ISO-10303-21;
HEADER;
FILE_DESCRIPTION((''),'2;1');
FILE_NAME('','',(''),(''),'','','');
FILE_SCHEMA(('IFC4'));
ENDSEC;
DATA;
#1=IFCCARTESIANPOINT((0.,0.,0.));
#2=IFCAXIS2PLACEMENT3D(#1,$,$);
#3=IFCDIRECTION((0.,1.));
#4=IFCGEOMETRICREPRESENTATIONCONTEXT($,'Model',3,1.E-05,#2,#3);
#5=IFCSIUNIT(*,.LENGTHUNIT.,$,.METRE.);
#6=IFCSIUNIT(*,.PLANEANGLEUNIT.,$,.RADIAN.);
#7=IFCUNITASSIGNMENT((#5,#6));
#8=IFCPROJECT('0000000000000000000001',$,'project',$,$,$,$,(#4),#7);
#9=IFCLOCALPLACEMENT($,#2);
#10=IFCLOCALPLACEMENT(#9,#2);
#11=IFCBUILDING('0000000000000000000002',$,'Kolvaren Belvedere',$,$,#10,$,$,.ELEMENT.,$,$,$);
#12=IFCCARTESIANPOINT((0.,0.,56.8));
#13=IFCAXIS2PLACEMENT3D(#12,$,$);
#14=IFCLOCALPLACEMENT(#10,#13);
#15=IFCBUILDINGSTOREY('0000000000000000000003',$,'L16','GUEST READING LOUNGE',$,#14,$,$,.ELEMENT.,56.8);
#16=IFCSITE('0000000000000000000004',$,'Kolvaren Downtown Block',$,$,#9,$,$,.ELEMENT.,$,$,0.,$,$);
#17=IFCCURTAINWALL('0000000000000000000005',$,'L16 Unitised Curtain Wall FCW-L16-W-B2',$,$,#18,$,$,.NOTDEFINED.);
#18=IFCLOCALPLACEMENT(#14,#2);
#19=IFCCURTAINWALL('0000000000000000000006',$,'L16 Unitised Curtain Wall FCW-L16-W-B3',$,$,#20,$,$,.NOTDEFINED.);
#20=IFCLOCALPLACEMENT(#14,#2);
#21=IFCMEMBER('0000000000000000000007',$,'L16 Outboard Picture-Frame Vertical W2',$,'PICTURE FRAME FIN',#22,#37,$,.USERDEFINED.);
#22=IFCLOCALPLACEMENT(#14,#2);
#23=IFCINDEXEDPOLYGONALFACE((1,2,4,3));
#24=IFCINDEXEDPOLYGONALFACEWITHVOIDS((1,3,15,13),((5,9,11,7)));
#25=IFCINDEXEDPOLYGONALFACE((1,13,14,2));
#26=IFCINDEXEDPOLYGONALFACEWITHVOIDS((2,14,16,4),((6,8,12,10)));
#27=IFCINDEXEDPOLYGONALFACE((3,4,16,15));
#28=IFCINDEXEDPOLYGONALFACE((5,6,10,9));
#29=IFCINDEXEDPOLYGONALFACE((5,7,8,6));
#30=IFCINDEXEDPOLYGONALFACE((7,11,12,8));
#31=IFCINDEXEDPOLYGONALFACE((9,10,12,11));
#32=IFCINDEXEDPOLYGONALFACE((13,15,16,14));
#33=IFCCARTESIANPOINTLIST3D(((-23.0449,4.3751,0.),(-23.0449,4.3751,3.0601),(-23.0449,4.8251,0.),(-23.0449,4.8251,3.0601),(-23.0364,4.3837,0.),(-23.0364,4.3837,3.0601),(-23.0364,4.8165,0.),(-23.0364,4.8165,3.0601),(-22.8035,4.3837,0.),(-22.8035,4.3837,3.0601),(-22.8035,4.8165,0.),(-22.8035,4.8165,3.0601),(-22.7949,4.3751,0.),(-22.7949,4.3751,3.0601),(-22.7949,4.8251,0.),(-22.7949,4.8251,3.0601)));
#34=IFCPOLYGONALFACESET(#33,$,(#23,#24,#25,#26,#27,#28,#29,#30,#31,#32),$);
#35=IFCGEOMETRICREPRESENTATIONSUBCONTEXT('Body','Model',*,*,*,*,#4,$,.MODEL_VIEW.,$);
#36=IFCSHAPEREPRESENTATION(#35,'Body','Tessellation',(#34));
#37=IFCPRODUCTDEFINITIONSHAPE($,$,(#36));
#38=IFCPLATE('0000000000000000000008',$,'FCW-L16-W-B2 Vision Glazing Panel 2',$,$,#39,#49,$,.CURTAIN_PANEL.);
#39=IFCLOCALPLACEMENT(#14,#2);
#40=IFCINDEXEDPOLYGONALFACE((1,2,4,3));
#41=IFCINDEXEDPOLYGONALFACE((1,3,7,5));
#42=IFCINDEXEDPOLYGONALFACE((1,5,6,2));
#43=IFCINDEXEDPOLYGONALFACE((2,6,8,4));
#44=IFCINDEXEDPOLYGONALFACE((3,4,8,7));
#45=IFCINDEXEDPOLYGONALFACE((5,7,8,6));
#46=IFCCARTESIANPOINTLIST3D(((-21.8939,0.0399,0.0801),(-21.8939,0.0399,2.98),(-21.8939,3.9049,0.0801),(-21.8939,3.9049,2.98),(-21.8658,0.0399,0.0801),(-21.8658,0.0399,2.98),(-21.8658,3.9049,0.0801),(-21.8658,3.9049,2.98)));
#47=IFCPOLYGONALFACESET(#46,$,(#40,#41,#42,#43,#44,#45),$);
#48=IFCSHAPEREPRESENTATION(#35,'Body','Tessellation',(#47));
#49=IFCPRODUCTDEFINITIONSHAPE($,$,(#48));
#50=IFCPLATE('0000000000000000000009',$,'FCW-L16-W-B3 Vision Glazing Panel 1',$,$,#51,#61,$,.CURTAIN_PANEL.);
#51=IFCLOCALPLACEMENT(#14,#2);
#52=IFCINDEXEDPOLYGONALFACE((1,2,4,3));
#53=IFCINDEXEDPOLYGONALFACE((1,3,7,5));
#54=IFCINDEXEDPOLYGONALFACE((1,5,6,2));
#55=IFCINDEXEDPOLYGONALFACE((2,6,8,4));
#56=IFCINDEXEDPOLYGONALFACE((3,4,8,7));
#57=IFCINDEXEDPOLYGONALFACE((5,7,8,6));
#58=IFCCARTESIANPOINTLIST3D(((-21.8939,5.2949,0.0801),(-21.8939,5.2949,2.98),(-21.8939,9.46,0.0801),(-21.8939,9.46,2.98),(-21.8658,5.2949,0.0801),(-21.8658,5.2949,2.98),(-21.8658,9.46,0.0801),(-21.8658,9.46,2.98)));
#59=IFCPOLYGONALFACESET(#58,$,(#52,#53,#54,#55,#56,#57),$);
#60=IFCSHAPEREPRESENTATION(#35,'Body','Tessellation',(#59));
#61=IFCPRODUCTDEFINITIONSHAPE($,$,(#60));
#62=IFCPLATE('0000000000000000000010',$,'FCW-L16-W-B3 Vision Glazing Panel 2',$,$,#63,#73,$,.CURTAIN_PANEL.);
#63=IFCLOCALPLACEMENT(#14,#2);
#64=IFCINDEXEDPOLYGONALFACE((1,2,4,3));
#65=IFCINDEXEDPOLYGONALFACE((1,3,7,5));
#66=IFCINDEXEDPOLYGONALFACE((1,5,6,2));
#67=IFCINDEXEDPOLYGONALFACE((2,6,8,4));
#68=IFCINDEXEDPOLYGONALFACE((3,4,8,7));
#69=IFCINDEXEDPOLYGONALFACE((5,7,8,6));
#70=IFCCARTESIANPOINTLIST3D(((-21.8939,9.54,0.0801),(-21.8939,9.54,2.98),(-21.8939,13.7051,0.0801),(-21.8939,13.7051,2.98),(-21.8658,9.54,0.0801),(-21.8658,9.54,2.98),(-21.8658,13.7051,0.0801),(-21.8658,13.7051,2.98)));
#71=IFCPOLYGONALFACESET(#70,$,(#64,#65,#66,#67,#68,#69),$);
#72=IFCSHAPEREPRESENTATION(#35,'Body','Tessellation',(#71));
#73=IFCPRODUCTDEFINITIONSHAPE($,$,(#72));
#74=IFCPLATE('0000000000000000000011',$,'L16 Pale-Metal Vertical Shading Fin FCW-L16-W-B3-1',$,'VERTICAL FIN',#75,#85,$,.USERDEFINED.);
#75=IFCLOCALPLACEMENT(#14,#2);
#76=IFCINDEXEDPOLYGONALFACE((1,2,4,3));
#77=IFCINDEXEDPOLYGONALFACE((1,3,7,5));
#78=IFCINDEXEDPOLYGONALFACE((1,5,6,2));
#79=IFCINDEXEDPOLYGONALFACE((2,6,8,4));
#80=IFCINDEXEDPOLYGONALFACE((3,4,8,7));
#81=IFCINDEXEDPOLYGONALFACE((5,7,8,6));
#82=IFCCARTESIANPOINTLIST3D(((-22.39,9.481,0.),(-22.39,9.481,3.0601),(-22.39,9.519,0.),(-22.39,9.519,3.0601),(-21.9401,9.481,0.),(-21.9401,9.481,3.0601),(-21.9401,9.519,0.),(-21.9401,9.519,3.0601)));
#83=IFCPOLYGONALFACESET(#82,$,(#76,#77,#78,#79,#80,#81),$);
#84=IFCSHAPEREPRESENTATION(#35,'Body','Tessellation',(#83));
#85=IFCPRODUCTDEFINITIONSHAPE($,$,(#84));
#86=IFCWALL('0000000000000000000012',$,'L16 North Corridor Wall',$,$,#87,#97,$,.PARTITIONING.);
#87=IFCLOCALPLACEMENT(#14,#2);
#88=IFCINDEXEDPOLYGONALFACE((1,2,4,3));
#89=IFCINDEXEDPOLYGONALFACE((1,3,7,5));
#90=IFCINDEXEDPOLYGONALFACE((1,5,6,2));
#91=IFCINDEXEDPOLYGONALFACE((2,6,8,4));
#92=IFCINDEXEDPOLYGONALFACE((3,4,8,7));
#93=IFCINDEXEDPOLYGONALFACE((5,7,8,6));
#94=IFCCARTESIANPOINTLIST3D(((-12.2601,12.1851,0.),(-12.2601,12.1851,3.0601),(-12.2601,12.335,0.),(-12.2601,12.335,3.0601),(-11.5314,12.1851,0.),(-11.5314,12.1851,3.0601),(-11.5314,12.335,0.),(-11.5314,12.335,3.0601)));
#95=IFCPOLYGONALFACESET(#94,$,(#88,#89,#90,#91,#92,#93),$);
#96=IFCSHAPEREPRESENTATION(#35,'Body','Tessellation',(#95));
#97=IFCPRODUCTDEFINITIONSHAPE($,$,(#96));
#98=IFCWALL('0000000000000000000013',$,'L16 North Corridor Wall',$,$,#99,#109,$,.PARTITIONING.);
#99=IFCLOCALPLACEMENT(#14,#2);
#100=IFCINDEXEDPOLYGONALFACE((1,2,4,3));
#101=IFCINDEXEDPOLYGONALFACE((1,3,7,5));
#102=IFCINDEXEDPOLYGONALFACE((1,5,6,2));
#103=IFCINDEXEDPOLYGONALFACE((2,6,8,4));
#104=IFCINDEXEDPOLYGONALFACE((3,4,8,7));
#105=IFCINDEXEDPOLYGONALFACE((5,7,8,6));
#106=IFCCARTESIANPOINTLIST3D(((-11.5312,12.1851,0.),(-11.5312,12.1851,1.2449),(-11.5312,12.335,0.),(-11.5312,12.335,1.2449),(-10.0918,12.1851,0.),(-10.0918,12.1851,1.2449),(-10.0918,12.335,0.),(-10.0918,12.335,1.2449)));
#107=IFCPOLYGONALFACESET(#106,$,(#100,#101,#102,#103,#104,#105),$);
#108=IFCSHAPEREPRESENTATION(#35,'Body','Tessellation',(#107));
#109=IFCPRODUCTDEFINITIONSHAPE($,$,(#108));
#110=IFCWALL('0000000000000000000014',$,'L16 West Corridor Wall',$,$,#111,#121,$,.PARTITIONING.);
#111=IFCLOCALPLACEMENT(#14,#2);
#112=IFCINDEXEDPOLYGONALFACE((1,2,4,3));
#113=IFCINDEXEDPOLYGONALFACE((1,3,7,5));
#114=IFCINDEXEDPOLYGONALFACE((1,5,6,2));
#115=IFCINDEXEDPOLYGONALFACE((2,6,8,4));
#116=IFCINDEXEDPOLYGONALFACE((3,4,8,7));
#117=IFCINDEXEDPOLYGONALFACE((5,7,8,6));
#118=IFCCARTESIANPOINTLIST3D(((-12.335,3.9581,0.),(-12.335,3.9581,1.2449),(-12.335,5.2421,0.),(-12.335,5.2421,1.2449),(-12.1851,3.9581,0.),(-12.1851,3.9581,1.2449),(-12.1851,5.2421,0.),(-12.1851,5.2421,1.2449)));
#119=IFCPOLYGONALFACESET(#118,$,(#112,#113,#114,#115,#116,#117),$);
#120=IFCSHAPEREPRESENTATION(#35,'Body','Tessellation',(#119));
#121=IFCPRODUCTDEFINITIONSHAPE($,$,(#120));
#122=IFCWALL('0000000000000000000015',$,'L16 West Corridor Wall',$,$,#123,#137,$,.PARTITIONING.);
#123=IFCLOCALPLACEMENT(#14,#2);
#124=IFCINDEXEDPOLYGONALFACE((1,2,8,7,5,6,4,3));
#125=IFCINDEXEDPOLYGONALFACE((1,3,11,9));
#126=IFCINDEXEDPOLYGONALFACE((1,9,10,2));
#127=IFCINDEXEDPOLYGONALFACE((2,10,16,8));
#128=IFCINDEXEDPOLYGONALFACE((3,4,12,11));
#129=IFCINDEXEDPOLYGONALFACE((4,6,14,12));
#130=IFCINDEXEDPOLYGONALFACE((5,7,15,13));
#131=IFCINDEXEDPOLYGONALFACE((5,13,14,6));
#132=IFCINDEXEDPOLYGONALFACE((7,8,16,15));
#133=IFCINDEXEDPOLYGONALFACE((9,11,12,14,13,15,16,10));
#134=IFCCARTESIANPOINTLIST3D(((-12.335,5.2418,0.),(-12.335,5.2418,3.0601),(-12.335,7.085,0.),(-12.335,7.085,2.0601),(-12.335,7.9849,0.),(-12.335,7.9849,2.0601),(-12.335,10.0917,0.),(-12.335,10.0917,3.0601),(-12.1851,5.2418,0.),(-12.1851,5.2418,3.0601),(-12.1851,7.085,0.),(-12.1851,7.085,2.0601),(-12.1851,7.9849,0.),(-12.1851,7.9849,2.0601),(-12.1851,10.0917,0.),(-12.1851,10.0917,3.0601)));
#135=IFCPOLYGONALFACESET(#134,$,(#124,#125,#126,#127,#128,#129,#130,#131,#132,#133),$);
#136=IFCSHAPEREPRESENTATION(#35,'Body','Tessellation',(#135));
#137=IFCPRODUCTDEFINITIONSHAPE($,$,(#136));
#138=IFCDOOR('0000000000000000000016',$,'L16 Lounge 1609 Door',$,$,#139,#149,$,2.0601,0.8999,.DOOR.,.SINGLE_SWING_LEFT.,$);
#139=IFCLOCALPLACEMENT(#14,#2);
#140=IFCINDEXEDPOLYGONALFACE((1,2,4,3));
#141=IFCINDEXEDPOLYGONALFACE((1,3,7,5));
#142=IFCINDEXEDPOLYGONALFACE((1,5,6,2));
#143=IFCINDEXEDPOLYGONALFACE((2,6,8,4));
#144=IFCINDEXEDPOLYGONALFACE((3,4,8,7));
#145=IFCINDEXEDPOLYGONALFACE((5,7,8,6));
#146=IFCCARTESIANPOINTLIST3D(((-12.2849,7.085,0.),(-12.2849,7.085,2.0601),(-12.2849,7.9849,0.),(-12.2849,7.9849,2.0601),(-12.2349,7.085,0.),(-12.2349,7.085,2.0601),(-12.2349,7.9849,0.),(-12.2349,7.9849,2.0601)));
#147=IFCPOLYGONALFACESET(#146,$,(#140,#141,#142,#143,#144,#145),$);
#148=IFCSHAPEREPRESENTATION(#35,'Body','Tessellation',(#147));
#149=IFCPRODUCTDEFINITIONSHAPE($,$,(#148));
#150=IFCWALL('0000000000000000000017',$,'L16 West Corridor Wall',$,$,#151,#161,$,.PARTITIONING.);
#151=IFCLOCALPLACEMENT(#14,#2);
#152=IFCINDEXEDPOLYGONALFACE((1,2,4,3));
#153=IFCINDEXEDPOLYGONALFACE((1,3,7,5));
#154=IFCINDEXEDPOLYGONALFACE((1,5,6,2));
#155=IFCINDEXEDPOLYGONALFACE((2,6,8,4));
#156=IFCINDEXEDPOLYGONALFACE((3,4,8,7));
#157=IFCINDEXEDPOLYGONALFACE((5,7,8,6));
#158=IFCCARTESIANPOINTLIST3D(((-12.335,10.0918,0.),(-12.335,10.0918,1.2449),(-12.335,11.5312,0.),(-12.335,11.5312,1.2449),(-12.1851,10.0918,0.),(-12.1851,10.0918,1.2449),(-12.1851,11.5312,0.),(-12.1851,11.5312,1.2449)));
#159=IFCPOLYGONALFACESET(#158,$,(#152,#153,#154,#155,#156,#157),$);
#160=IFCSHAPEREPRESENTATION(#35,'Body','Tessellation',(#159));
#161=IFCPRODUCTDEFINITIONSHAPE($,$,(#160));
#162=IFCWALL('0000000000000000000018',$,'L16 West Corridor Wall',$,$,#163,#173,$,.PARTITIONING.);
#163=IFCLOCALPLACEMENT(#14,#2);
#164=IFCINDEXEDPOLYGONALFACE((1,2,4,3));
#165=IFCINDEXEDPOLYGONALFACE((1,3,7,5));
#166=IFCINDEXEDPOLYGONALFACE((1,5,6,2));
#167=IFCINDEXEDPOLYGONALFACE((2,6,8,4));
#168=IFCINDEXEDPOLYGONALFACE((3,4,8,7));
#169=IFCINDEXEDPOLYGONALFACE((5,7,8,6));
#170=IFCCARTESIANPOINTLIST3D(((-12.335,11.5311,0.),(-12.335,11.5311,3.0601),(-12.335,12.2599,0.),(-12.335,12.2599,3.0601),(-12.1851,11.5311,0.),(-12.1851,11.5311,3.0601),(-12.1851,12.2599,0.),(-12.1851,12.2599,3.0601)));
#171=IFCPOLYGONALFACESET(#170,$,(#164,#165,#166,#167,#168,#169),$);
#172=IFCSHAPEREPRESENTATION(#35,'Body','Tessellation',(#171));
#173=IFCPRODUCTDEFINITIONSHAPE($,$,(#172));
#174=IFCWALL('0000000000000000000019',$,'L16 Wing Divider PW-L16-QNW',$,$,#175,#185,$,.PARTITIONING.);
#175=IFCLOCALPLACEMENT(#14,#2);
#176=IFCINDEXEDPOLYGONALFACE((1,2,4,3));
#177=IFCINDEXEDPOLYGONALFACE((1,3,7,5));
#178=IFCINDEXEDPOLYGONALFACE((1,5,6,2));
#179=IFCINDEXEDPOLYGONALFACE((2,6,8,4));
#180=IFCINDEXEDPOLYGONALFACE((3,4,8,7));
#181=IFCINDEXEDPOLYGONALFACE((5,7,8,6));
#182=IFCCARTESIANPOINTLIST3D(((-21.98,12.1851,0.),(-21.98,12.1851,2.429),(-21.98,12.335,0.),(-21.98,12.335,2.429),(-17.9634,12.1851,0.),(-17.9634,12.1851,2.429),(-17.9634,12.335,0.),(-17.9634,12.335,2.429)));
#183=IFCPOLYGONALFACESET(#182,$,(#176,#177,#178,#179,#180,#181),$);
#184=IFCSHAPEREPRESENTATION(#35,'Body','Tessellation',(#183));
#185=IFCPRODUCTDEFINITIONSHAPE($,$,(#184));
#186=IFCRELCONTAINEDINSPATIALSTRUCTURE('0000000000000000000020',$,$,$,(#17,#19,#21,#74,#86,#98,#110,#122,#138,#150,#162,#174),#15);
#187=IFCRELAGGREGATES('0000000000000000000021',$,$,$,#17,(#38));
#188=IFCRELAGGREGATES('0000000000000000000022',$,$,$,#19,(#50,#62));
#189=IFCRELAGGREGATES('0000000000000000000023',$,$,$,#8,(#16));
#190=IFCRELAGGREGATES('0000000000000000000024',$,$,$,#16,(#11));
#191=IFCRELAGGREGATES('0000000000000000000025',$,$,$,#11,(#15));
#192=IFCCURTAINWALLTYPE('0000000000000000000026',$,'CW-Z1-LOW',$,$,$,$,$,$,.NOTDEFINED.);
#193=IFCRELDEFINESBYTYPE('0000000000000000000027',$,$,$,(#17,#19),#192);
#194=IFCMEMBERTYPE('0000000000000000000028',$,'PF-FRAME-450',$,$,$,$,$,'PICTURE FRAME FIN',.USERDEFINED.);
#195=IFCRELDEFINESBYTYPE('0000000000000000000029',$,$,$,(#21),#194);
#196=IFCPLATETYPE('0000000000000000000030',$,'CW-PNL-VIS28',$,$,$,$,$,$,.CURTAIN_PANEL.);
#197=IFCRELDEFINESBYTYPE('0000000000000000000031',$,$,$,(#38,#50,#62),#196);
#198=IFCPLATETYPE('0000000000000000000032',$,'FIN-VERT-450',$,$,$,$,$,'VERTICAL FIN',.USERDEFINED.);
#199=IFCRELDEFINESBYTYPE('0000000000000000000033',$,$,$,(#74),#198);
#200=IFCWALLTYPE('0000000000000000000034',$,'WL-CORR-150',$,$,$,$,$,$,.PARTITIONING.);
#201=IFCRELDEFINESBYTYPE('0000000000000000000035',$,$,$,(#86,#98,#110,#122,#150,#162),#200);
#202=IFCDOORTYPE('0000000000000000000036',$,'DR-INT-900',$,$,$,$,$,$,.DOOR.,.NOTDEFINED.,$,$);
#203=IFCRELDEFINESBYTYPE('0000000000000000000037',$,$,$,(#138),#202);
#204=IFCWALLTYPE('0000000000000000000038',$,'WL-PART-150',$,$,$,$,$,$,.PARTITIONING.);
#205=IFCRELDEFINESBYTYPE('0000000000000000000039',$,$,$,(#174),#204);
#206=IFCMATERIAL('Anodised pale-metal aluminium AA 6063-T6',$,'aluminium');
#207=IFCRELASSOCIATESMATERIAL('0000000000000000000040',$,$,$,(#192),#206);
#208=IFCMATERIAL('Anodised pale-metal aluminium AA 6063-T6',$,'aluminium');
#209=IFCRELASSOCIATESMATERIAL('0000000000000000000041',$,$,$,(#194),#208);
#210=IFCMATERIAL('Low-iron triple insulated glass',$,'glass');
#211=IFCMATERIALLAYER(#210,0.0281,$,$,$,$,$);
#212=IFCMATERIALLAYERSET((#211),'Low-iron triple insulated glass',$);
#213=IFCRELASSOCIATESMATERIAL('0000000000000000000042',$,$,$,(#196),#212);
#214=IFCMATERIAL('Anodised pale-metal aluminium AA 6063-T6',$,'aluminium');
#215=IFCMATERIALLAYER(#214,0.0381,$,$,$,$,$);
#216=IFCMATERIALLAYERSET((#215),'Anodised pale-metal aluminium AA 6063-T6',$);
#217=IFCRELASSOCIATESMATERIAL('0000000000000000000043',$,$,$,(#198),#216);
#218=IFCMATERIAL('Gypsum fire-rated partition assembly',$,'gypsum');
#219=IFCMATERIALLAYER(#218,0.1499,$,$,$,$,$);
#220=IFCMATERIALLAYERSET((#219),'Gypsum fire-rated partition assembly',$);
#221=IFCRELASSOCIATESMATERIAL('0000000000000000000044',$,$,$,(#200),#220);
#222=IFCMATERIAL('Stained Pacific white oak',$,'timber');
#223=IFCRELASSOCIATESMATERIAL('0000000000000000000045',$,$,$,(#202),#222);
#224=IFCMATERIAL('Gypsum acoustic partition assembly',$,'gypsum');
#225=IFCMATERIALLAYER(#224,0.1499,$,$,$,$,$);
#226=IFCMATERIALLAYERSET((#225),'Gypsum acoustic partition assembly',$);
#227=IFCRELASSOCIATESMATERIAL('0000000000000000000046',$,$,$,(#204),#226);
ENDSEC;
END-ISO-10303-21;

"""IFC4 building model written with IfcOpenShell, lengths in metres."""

from ifc_helpers import new_model, si_unit, direction, frame, frame_2d, origin, origin_2d, place, context, subcontext, project, spatial, rectangle, hollow_rectangle, extrude, material, layer, layer_set, material_profile, profile_set, type_object, element, fill, aggregate, save


model = new_model("IFC4")

# Units and contexts
model_context = context("Model", 3, precision=1e-05, world=origin(), true_north=direction((0.0, 1.0)))
body_context = subcontext(model_context, "Body", "Model", "MODEL_VIEW")
ifc_project = project(units=[si_unit("LENGTHUNIT", "METRE"), si_unit("PLANEANGLEUNIT", "RADIAN")], contexts=[model_context])

# Site, building, storey
site_placement = place(None, origin())
site = spatial("IfcSite", under=ifc_project, at=site_placement, Name="Kolvaren Downtown Block", CompositionType="ELEMENT", RefElevation=0.0)
building_placement = place(site_placement, origin())
building = spatial("IfcBuilding", under=site, at=building_placement, Name="Kolvaren Belvedere", CompositionType="ELEMENT")
storey_placement = place(building_placement, frame((0.0, 0.0, 56.8)))
storey = spatial("IfcBuildingStorey", under=building, at=storey_placement, Name="L16", Description="GUEST READING LOUNGE", CompositionType="ELEMENT", Elevation=56.8)

# Curtain wall
ifc_material_1 = material(Name="Anodised pale-metal aluminium AA 6063-T6", Category="aluminium")
curtain_wall_type = type_object("IfcCurtainWallType", Name="CW-Z1-LOW", PredefinedType="NOTDEFINED", material=ifc_material_1)
curtain_wall_1_placement = place(storey_placement, origin())
curtain_wall_1 = element("IfcCurtainWall", 1, at=curtain_wall_1_placement, inside=storey, type_object=curtain_wall_type, Name="L16 Unitised Curtain Wall FCW-L16-W-B2", PredefinedType="NOTDEFINED")

# Curtain wall
curtain_wall_2_placement = place(storey_placement, origin())
curtain_wall_2 = element("IfcCurtainWall", 2, at=curtain_wall_2_placement, inside=storey, type_object=curtain_wall_type, Name="L16 Unitised Curtain Wall FCW-L16-W-B3", PredefinedType="NOTDEFINED")

# Member
ifc_material_2 = material(Name="Anodised pale-metal aluminium AA 6063-T6", Category="aluminium")
ifc_material_profile_1 = material_profile(ifc_material_2, hollow_rectangle(XDim=0.25, YDim=0.45, WallThickness=0.0085, at=origin_2d()), Name="ALU-PF-450X250")
ifc_profile_set_1 = profile_set([ifc_material_profile_1], Name="Anodised pale-metal aluminium AA 6063-T6")
member_type_1 = type_object("IfcMemberType", Name="PF-FRAME-450", ElementType="PICTURE FRAME FIN", PredefinedType="USERDEFINED", material=ifc_profile_set_1)
member_1_placement = place(storey_placement, frame((-22.9199, 4.6001, 0.0), z_axis=(0.0, 0.0, 1.0), x_axis=(1.0, 0.0, 0.0)))
element("IfcMember", 3, at=member_1_placement, inside=storey, type_object=member_type_1, Name="L16 Outboard Picture-Frame Vertical W2", ObjectType="PICTURE FRAME FIN", PredefinedType="USERDEFINED", context=body_context, shape_type="SweptSolid", body=[
    extrude(hollow_rectangle(XDim=0.25, YDim=0.45, WallThickness=0.0085, at=origin_2d()), origin(), (0.0, 0.0, 1.0), 3.0601),
])

# Plates
ifc_material_3 = material(Name="Low-iron triple insulated glass", Category="glass")
ifc_layer_1 = layer(ifc_material_3, 0.0281)
ifc_layer_set_1 = layer_set([ifc_layer_1], Name="Low-iron triple insulated glass")
plate_type_1 = type_object("IfcPlateType", Name="CW-PNL-VIS28", PredefinedType="CURTAIN_PANEL", material=ifc_layer_set_1)
plate_1_placement = place(storey_placement, frame((-21.8799, 1.9724, 0.0801), z_axis=(0.0, 0.0, 1.0), x_axis=(0.0, 1.0, 0.0)))
plate_1 = element("IfcPlate", 4, at=plate_1_placement, type_object=plate_type_1, Name="FCW-L16-W-B2 Vision Glazing Panel 2", PredefinedType="CURTAIN_PANEL", context=body_context, shape_type="SweptSolid", body=[
    extrude(rectangle(XDim=3.865, YDim=0.0281, at=origin_2d()), origin(), (0.0, 0.0, 1.0), 2.8999),
])
aggregate(curtain_wall_1, [plate_1])
plate_2_placement = place(storey_placement, frame((-21.8799, 7.3774, 0.0801), z_axis=(0.0, 0.0, 1.0), x_axis=(0.0, 1.0, 0.0)))
plate_2 = element("IfcPlate", 5, at=plate_2_placement, type_object=plate_type_1, Name="FCW-L16-W-B3 Vision Glazing Panel 1", PredefinedType="CURTAIN_PANEL", context=body_context, shape_type="SweptSolid", body=[
    extrude(rectangle(XDim=4.165, YDim=0.0281, at=origin_2d()), origin(), (0.0, 0.0, 1.0), 2.8999),
])
plate_3_placement = place(storey_placement, frame((-21.8799, 11.6226, 0.0801), z_axis=(0.0, 0.0, 1.0), x_axis=(0.0, 1.0, 0.0)))
plate_3 = element("IfcPlate", 6, at=plate_3_placement, type_object=plate_type_1, Name="FCW-L16-W-B3 Vision Glazing Panel 2", PredefinedType="CURTAIN_PANEL", context=body_context, shape_type="SweptSolid", body=[
    extrude(rectangle(XDim=4.165, YDim=0.0281, at=origin_2d()), origin(), (0.0, 0.0, 1.0), 2.8999),
])
aggregate(curtain_wall_2, [plate_2, plate_3])
ifc_material_4 = material(Name="Anodised pale-metal aluminium AA 6063-T6", Category="aluminium")
ifc_layer_2 = layer(ifc_material_4, 0.0381)
ifc_layer_set_2 = layer_set([ifc_layer_2], Name="Anodised pale-metal aluminium AA 6063-T6")
plate_type_2 = type_object("IfcPlateType", Name="FIN-VERT-450", ElementType="VERTICAL FIN", PredefinedType="USERDEFINED", material=ifc_layer_set_2)
plate_4_placement = place(storey_placement, frame((-22.165, 9.5, 0.0), z_axis=(0.0, 0.0, 1.0), x_axis=(1.0, 0.0, 0.0)))
element("IfcPlate", 7, at=plate_4_placement, inside=storey, type_object=plate_type_2, Name="L16 Pale-Metal Vertical Shading Fin FCW-L16-W-B3-1", ObjectType="VERTICAL FIN", PredefinedType="USERDEFINED", context=body_context, shape_type="SweptSolid", body=[
    extrude(rectangle(XDim=0.45, YDim=0.0381, at=origin_2d()), origin(), (0.0, 0.0, 1.0), 3.0601),
])

# Walls
ifc_material_5 = material(Name="Gypsum fire-rated partition assembly", Category="gypsum")
ifc_layer_3 = layer(ifc_material_5, 0.1499)
ifc_layer_set_3 = layer_set([ifc_layer_3], Name="Gypsum fire-rated partition assembly")
wall_type_1 = type_object("IfcWallType", Name="WL-CORR-150", PredefinedType="PARTITIONING", material=ifc_layer_set_3)
wall_1_placement = place(storey_placement, frame((-12.26, 12.26, 0.0), z_axis=(0.0, 0.0, 1.0), x_axis=(1.0, 0.0, 0.0)))
element("IfcWall", 8, at=wall_1_placement, inside=storey, type_object=wall_type_1, Name="L16 North Corridor Wall", PredefinedType="PARTITIONING", context=body_context, shape_type="SweptSolid", body=[
    extrude(rectangle(XDim=0.7288, YDim=0.1499, at=frame_2d((0.3643, 0.0))), origin(), (0.0, 0.0, 1.0), 3.0601),
])
wall_2_placement = place(storey_placement, frame((-11.5312, 12.26, 0.0), z_axis=(0.0, 0.0, 1.0), x_axis=(1.0, 0.0, 0.0)))
element("IfcWall", 9, at=wall_2_placement, inside=storey, type_object=wall_type_1, Name="L16 North Corridor Wall", PredefinedType="PARTITIONING", context=body_context, shape_type="SweptSolid", body=[
    extrude(rectangle(XDim=1.4395, YDim=0.1499, at=frame_2d((0.7197, 0.0))), origin(), (0.0, 0.0, 1.0), 1.2449),
])
wall_3_placement = place(storey_placement, frame((-12.26, 3.958, 0.0), z_axis=(0.0, 0.0, 1.0), x_axis=(0.0, 1.0, 0.0)))
element("IfcWall", 10, at=wall_3_placement, inside=storey, type_object=wall_type_1, Name="L16 West Corridor Wall", PredefinedType="PARTITIONING", context=body_context, shape_type="SweptSolid", body=[
    extrude(rectangle(XDim=1.2839, YDim=0.1499, at=frame_2d((0.6421, 0.0))), origin(), (0.0, 0.0, 1.0), 1.2449),
])

# Wall, opening, door
wall_4_placement = place(storey_placement, frame((-12.26, 5.2419, 0.0), z_axis=(0.0, 0.0, 1.0), x_axis=(0.0, 1.0, 0.0)))
wall_4 = element("IfcWall", 11, at=wall_4_placement, inside=storey, type_object=wall_type_1, Name="L16 West Corridor Wall", PredefinedType="PARTITIONING", context=body_context, shape_type="SweptSolid", body=[
    extrude(rectangle(XDim=4.8499, YDim=0.1499, at=frame_2d((2.4248, 0.0))), origin(), (0.0, 0.0, 1.0), 3.0601),
])
opening_placement = place(wall_4_placement, frame((1.843, 0.0, 0.0)))
opening = element("IfcOpeningElement", 12, at=opening_placement, cuts=wall_4, PredefinedType="OPENING", context=body_context, shape_type="SweptSolid", body=[
    extrude(rectangle(XDim=0.8999, YDim=2.0601, at=frame_2d((0.45, 1.03))), frame((0.0, 0.085, 0.0), z_axis=(0.0, -1.0, 0.0), x_axis=(1.0, 0.0, 0.0)), (0.0, 0.0, 1.0), 0.1699),
])
ifc_material_6 = material(Name="Stained Pacific white oak", Category="timber")
door_type = type_object("IfcDoorType", Name="DR-INT-900", OperationType="NOTDEFINED", PredefinedType="DOOR", material=ifc_material_6)
door_placement = place(opening_placement, origin())
door = element("IfcDoor", 13, at=door_placement, inside=storey, type_object=door_type, Name="L16 Lounge 1609 Door", OperationType="SINGLE_SWING_LEFT", OverallHeight=2.0601, OverallWidth=0.8999, PredefinedType="DOOR", context=body_context, shape_type="SweptSolid", body=[
    extrude(rectangle(XDim=0.8999, YDim=2.0601, at=frame_2d((0.45, 1.03))), frame((0.0, 0.0249, 0.0), z_axis=(0.0, -1.0, 0.0), x_axis=(1.0, 0.0, 0.0)), (0.0, 0.0, 1.0), 0.05),
])
fill(opening, door)

# Walls
wall_5_placement = place(storey_placement, frame((-12.26, 10.0918, 0.0), z_axis=(0.0, 0.0, 1.0), x_axis=(0.0, 1.0, 0.0)))
element("IfcWall", 14, at=wall_5_placement, inside=storey, type_object=wall_type_1, Name="L16 West Corridor Wall", PredefinedType="PARTITIONING", context=body_context, shape_type="SweptSolid", body=[
    extrude(rectangle(XDim=1.4395, YDim=0.1499, at=frame_2d((0.7197, 0.0))), origin(), (0.0, 0.0, 1.0), 1.2449),
])
wall_6_placement = place(storey_placement, frame((-12.26, 11.5312, 0.0), z_axis=(0.0, 0.0, 1.0), x_axis=(0.0, 1.0, 0.0)))
element("IfcWall", 15, at=wall_6_placement, inside=storey, type_object=wall_type_1, Name="L16 West Corridor Wall", PredefinedType="PARTITIONING", context=body_context, shape_type="SweptSolid", body=[
    extrude(rectangle(XDim=0.7288, YDim=0.1499, at=frame_2d((0.3643, 0.0))), origin(), (0.0, 0.0, 1.0), 3.0601),
])
ifc_material_7 = material(Name="Gypsum acoustic partition assembly", Category="gypsum")
ifc_layer_4 = layer(ifc_material_7, 0.1499)
ifc_layer_set_4 = layer_set([ifc_layer_4], Name="Gypsum acoustic partition assembly")
wall_type_2 = type_object("IfcWallType", Name="WL-PART-150", PredefinedType="PARTITIONING", material=ifc_layer_set_4)
wall_7_placement = place(storey_placement, frame((-21.98, 12.26, 0.0), z_axis=(0.0, 0.0, 1.0), x_axis=(1.0, 0.0, 0.0)))
element("IfcWall", 16, at=wall_7_placement, inside=storey, type_object=wall_type_2, Name="L16 Wing Divider PW-L16-QNW", PredefinedType="PARTITIONING", context=body_context, shape_type="SweptSolid", body=[
    extrude(rectangle(XDim=4.0166, YDim=0.1499, at=frame_2d((2.0083, 0.0))), origin(), (0.0, 0.0, 1.0), 2.429),
])

save(model, "model.ifc")
